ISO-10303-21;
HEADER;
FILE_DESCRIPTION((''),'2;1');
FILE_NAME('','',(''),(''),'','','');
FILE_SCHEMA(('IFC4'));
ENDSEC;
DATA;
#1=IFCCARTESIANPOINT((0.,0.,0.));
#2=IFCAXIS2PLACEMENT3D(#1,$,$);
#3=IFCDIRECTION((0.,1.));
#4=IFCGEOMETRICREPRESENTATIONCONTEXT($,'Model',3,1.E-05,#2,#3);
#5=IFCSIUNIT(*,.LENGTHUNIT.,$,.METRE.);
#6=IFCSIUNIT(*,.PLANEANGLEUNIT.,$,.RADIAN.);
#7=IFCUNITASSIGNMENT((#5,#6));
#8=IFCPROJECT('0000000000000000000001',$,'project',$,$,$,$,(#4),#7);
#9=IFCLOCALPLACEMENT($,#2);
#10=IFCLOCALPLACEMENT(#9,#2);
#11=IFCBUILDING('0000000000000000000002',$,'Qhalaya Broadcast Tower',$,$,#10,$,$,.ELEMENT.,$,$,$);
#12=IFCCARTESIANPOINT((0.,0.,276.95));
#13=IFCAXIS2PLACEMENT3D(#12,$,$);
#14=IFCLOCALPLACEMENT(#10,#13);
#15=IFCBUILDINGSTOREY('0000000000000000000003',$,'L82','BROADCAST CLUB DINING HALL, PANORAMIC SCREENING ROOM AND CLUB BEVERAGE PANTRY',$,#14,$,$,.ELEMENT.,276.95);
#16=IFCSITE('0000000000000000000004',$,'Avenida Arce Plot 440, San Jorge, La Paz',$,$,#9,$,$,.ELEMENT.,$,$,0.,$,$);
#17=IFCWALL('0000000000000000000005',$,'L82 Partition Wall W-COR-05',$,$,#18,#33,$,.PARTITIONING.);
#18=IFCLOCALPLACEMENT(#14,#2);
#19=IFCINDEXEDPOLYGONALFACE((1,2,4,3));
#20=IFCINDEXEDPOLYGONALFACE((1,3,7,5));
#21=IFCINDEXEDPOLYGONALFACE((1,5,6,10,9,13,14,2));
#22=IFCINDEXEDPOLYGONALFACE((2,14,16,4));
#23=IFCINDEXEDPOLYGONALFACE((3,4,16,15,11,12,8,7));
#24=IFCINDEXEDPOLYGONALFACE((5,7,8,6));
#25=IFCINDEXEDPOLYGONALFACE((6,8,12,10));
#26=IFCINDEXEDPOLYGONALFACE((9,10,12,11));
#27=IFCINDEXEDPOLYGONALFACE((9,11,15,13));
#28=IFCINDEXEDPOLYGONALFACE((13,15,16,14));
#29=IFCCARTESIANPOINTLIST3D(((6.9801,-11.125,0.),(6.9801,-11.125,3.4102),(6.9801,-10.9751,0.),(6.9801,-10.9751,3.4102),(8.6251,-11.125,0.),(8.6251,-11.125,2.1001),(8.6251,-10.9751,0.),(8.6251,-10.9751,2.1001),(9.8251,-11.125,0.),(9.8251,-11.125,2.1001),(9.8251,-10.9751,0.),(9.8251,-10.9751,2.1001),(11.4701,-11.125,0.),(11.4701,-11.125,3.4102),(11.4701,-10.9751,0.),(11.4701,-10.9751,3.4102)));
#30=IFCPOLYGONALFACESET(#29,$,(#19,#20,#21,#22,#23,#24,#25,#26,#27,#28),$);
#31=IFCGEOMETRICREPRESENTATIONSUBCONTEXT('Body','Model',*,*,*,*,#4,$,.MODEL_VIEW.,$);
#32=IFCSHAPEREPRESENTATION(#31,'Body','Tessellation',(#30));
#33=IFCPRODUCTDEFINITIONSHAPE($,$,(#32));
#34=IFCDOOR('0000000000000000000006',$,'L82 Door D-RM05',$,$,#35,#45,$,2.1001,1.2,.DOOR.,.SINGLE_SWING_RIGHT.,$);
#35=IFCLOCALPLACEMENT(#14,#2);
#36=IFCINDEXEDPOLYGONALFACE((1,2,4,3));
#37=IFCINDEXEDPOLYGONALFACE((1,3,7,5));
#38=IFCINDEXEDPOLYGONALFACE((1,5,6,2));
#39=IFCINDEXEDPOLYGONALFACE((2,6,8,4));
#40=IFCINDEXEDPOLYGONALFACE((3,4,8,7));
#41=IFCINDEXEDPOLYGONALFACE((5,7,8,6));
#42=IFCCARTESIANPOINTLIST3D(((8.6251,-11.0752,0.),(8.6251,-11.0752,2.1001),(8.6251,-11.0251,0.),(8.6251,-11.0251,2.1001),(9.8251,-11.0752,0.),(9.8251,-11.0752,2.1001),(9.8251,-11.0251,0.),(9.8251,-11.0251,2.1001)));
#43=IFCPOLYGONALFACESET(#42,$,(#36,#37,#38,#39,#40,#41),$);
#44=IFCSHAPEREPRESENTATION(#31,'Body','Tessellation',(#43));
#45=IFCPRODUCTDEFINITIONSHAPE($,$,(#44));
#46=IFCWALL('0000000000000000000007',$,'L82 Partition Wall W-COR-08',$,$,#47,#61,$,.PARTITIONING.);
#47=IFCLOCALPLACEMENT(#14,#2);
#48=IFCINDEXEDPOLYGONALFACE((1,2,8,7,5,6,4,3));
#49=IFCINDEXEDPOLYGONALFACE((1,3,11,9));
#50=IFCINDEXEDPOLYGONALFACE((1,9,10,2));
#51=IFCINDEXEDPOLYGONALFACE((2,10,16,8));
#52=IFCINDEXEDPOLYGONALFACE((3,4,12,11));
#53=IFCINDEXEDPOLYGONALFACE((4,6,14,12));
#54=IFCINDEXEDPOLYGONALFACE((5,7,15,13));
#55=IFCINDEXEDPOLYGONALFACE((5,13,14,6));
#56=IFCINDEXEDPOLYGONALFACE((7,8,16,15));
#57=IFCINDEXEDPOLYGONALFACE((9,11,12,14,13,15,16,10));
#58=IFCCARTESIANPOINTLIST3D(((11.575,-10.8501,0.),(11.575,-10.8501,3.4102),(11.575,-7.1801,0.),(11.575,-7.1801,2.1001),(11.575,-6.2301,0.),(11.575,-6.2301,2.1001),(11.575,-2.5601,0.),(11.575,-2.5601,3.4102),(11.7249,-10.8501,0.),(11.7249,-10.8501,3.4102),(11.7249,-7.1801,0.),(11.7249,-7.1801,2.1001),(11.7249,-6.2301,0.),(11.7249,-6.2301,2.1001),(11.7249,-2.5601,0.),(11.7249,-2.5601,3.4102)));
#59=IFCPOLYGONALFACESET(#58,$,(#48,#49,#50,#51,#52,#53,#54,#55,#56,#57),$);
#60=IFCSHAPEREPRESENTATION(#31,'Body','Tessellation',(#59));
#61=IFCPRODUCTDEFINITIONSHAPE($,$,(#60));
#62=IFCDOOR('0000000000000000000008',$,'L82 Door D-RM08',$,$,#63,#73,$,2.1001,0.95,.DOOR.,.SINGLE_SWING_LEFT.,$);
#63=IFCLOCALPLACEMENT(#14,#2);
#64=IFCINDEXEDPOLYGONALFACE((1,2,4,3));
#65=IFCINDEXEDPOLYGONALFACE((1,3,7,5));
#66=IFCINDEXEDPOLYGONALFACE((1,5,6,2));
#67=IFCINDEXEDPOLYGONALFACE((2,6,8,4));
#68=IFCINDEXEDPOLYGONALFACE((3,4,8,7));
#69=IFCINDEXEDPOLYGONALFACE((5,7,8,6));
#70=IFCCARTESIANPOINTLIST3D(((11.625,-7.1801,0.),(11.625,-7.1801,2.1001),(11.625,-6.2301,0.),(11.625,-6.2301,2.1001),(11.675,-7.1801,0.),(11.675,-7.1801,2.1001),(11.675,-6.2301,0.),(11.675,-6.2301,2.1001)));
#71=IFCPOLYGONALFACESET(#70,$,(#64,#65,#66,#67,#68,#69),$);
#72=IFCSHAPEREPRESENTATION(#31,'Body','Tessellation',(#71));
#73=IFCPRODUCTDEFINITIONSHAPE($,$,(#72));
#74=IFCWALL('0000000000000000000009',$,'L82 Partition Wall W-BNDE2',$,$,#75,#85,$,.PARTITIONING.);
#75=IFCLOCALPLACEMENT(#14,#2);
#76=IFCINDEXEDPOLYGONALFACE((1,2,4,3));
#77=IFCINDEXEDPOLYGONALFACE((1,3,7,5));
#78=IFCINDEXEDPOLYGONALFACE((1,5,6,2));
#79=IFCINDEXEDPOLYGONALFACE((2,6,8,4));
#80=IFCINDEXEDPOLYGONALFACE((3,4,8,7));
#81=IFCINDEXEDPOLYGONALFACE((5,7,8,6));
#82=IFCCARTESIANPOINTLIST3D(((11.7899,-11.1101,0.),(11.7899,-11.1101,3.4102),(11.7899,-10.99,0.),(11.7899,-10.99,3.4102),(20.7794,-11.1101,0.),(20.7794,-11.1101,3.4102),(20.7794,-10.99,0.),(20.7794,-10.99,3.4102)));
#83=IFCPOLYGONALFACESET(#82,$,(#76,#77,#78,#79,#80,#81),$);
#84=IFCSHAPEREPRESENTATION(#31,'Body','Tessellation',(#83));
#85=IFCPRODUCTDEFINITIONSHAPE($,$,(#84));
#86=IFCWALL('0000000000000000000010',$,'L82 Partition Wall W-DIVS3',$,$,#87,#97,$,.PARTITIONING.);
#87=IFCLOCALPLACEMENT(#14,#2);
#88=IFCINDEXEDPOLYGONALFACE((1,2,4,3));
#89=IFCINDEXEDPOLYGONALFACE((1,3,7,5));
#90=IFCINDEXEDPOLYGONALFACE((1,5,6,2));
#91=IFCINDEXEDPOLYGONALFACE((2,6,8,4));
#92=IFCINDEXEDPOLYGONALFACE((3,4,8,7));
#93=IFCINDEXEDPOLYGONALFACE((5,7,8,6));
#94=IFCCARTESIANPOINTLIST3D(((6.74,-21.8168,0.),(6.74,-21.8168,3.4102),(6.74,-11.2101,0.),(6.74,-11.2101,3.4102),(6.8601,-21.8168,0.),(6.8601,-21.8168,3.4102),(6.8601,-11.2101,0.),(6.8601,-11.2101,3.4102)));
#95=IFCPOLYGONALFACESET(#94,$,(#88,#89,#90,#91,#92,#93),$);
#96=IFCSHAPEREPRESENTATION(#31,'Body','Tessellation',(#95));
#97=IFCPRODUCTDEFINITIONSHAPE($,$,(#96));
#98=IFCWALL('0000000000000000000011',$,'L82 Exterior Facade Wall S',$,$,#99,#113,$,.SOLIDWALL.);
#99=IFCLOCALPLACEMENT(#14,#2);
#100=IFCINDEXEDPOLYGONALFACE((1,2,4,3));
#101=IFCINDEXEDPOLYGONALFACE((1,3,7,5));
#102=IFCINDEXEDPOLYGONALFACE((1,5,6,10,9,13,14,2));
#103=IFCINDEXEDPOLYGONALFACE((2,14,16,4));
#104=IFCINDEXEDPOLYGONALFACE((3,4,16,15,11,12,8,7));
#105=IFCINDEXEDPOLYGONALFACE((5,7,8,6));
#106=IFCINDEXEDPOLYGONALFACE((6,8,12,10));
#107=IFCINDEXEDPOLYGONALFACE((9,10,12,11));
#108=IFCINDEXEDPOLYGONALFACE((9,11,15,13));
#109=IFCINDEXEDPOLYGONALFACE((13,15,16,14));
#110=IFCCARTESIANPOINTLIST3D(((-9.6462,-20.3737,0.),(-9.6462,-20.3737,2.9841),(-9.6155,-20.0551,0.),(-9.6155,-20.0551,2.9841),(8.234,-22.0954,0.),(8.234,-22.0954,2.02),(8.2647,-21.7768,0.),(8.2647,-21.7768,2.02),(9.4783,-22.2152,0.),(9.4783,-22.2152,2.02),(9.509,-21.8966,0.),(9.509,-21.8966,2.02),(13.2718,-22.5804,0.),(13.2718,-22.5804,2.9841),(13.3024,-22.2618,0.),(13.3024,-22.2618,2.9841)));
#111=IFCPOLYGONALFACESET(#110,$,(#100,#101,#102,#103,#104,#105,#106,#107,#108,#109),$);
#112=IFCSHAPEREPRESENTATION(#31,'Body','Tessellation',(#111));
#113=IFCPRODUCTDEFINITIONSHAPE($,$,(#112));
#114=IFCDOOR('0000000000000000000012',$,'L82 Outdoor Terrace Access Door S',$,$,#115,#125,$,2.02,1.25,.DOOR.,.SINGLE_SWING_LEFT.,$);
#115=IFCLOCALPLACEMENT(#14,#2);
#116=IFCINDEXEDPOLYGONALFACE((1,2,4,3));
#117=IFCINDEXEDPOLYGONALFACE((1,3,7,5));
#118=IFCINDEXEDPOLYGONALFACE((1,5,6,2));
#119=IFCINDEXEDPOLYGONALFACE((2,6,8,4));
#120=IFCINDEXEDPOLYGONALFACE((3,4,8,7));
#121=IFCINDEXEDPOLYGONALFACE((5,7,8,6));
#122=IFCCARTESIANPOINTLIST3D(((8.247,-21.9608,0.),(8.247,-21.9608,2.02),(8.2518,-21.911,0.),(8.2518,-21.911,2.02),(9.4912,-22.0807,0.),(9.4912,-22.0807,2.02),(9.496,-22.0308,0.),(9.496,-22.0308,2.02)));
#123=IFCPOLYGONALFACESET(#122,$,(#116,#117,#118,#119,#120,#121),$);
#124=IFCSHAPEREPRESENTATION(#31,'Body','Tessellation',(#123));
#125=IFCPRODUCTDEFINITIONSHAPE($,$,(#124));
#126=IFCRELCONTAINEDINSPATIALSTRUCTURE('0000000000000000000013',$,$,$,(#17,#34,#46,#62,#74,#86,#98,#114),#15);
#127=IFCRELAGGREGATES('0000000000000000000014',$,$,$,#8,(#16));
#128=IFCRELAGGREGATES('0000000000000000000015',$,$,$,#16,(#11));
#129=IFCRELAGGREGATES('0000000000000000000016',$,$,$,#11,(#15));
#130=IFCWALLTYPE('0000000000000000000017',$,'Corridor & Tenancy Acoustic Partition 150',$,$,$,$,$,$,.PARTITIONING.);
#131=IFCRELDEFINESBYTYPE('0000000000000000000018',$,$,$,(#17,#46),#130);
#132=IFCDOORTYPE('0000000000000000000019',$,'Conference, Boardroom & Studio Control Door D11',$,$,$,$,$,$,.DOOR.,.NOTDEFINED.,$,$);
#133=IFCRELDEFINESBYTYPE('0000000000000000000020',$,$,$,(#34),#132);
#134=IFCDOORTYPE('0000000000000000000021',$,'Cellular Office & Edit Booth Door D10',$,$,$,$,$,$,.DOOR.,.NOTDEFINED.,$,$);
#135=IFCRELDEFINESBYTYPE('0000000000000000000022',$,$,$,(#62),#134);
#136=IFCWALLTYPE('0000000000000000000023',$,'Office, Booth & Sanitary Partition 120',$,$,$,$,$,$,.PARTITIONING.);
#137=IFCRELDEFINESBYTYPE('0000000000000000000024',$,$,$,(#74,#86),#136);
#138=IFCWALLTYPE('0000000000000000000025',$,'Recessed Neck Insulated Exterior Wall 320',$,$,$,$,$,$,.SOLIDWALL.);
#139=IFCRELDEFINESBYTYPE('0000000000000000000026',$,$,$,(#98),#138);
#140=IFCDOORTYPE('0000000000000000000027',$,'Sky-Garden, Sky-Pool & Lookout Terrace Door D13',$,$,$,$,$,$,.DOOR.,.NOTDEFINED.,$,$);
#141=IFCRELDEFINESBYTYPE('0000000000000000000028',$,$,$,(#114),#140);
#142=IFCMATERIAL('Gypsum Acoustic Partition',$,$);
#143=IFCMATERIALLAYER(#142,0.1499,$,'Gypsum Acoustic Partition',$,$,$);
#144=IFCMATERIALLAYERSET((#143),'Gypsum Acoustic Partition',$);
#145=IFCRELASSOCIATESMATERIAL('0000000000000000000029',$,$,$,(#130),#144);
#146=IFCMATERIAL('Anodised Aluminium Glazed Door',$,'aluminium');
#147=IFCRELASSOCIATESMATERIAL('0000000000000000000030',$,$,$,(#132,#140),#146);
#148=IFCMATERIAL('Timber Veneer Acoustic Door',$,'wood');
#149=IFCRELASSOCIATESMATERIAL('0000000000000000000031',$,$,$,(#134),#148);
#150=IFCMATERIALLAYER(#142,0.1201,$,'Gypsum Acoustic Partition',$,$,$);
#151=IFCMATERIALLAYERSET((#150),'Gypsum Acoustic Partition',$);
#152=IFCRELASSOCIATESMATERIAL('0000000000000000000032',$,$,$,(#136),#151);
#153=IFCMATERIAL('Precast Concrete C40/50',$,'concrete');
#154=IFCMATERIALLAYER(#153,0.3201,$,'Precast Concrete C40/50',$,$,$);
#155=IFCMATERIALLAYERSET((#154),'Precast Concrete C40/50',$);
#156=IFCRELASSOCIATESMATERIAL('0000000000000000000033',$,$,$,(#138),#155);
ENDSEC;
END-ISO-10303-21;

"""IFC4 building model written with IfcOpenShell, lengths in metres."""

from ifc_helpers import new_model, si_unit, direction, frame, frame_2d, origin, place, context, subcontext, project, spatial, rectangle, extrude, material, layer, layer_set, type_object, element, fill, save


model = new_model("IFC4")

# Units and contexts
model_context = context("Model", 3, precision=1e-05, world=origin(), true_north=direction((0.0, 1.0)))
body_context = subcontext(model_context, "Body", "Model", "MODEL_VIEW")
ifc_project = project(units=[si_unit("LENGTHUNIT", "METRE"), si_unit("PLANEANGLEUNIT", "RADIAN")], contexts=[model_context])

# Site, building, storey
site_placement = place(None, origin())
site = spatial("IfcSite", under=ifc_project, at=site_placement, Name="Avenida Arce Plot 440, San Jorge, La Paz", CompositionType="ELEMENT", RefElevation=0.0)
building_placement = place(site_placement, origin())
building = spatial("IfcBuilding", under=site, at=building_placement, Name="Qhalaya Broadcast Tower", CompositionType="ELEMENT")
storey_placement = place(building_placement, frame((0.0, 0.0, 276.95)))
storey = spatial("IfcBuildingStorey", under=building, at=storey_placement, Name="L82", Description="BROADCAST CLUB DINING HALL, PANORAMIC SCREENING ROOM AND CLUB BEVERAGE PANTRY", CompositionType="ELEMENT", Elevation=276.95)

# Walls, openings, doors
ifc_material_1 = material(Name="Gypsum Acoustic Partition")
ifc_layer_1 = layer(ifc_material_1, 0.1499, Name="Gypsum Acoustic Partition")
ifc_layer_set_1 = layer_set([ifc_layer_1], Name="Gypsum Acoustic Partition")
wall_type_1 = type_object("IfcWallType", Name="Corridor & Tenancy Acoustic Partition 150", PredefinedType="PARTITIONING", material=ifc_layer_set_1)
wall_1_placement = place(storey_placement, frame((6.98, -11.05, 0.0), z_axis=(0.0, 0.0, 1.0), x_axis=(1.0, 0.0, 0.0)))
wall_1 = element("IfcWall", 1, at=wall_1_placement, inside=storey, type_object=wall_type_1, Name="L82 Partition Wall W-COR-05", PredefinedType="PARTITIONING", context=body_context, shape_type="SweptSolid", body=[
    extrude(rectangle(XDim=4.49, YDim=0.1499, at=frame_2d((2.2451, 0.0))), origin(), (0.0, 0.0, 1.0), 3.4102),
])
opening_1_placement = place(wall_1_placement, frame((1.645, 0.0, 0.0)))
opening_1 = element("IfcOpeningElement", 2, at=opening_1_placement, cuts=wall_1, PredefinedType="OPENING", context=body_context, shape_type="SweptSolid", body=[
    extrude(rectangle(XDim=1.2, YDim=2.1001, at=frame_2d((0.6001, 1.05))), frame((0.0, 0.0869, 0.0), z_axis=(0.0, -1.0, 0.0), x_axis=(1.0, 0.0, 0.0)), (0.0, 0.0, 1.0), 0.1738),
])
ifc_material_2 = material(Name="Anodised Aluminium Glazed Door", Category="aluminium")
door_type_1 = type_object("IfcDoorType", Name="Conference, Boardroom & Studio Control Door D11", OperationType="NOTDEFINED", PredefinedType="DOOR", material=ifc_material_2)
door_1_placement = place(opening_1_placement, origin())
door_1 = element("IfcDoor", 3, at=door_1_placement, inside=storey, type_object=door_type_1, Name="L82 Door D-RM05", OperationType="SINGLE_SWING_RIGHT", OverallHeight=2.1001, OverallWidth=1.2, PredefinedType="DOOR", context=body_context, shape_type="SweptSolid", body=[
    extrude(rectangle(XDim=1.2, YDim=2.1001, at=frame_2d((0.6001, 1.05))), frame((0.0, 0.0249, 0.0), z_axis=(0.0, -1.0, 0.0), x_axis=(1.0, 0.0, 0.0)), (0.0, 0.0, 1.0), 0.05),
])
fill(opening_1, door_1)
wall_2_placement = place(storey_placement, frame((11.6499, -10.8501, 0.0), z_axis=(0.0, 0.0, 1.0), x_axis=(0.0, 1.0, 0.0)))
wall_2 = element("IfcWall", 4, at=wall_2_placement, inside=storey, type_object=wall_type_1, Name="L82 Partition Wall W-COR-08", PredefinedType="PARTITIONING", context=body_context, shape_type="SweptSolid", body=[
    extrude(rectangle(XDim=8.29, YDim=0.1499, at=frame_2d((4.145, 0.0))), origin(), (0.0, 0.0, 1.0), 3.4102),
])
opening_2_placement = place(wall_2_placement, frame((3.6699, 0.0, 0.0)))
opening_2 = element("IfcOpeningElement", 5, at=opening_2_placement, cuts=wall_2, PredefinedType="OPENING", context=body_context, shape_type="SweptSolid", body=[
    extrude(rectangle(XDim=0.95, YDim=2.1001, at=frame_2d((0.4751, 1.05))), frame((0.0, 0.0869, 0.0), z_axis=(0.0, -1.0, 0.0), x_axis=(1.0, 0.0, 0.0)), (0.0, 0.0, 1.0), 0.1738),
])
ifc_material_3 = material(Name="Timber Veneer Acoustic Door", Category="wood")
door_type_2 = type_object("IfcDoorType", Name="Cellular Office & Edit Booth Door D10", OperationType="NOTDEFINED", PredefinedType="DOOR", material=ifc_material_3)
door_2_placement = place(opening_2_placement, origin())
door_2 = element("IfcDoor", 6, at=door_2_placement, inside=storey, type_object=door_type_2, Name="L82 Door D-RM08", OperationType="SINGLE_SWING_LEFT", OverallHeight=2.1001, OverallWidth=0.95, PredefinedType="DOOR", context=body_context, shape_type="SweptSolid", body=[
    extrude(rectangle(XDim=0.95, YDim=2.1001, at=frame_2d((0.4751, 1.05))), frame((0.0, 0.0249, 0.0), z_axis=(0.0, -1.0, 0.0), x_axis=(1.0, 0.0, 0.0)), (0.0, 0.0, 1.0), 0.05),
])
fill(opening_2, door_2)

# Walls
ifc_layer_2 = layer(ifc_material_1, 0.1201, Name="Gypsum Acoustic Partition")
ifc_layer_set_2 = layer_set([ifc_layer_2], Name="Gypsum Acoustic Partition")
wall_type_2 = type_object("IfcWallType", Name="Office, Booth & Sanitary Partition 120", PredefinedType="PARTITIONING", material=ifc_layer_set_2)
wall_3_placement = place(storey_placement, frame((11.79, -11.05, 0.0), z_axis=(0.0, 0.0, 1.0), x_axis=(1.0, 0.0, 0.0)))
element("IfcWall", 7, at=wall_3_placement, inside=storey, type_object=wall_type_2, Name="L82 Partition Wall W-BNDE2", PredefinedType="PARTITIONING", context=body_context, shape_type="SweptSolid", body=[
    extrude(rectangle(XDim=8.9895, YDim=0.1201, at=frame_2d((4.4946, 0.0))), origin(), (0.0, 0.0, 1.0), 3.4102),
])
wall_4_placement = place(storey_placement, frame((6.8, -21.8167, 0.0), z_axis=(0.0, 0.0, 1.0), x_axis=(0.0, 1.0, 0.0)))
element("IfcWall", 8, at=wall_4_placement, inside=storey, type_object=wall_type_2, Name="L82 Partition Wall W-DIVS3", PredefinedType="PARTITIONING", context=body_context, shape_type="SweptSolid", body=[
    extrude(rectangle(XDim=10.6067, YDim=0.1201, at=frame_2d((5.3032, 0.0))), origin(), (0.0, 0.0, 1.0), 3.4102),
])

# Wall, opening, door
ifc_material_4 = material(Name="Precast Concrete C40/50", Category="concrete")
ifc_layer_3 = layer(ifc_material_4, 0.3201, Name="Precast Concrete C40/50")
ifc_layer_set_3 = layer_set([ifc_layer_3], Name="Precast Concrete C40/50")
wall_type_3 = type_object("IfcWallType", Name="Recessed Neck Insulated Exterior Wall 320", PredefinedType="SOLIDWALL", material=ifc_layer_set_3)
wall_5_placement = place(storey_placement, frame((13.2871, -22.4211, 0.0), z_axis=(0.0, 0.0, 1.0), x_axis=(-0.995396, 0.095847, 0.0)))
wall_5 = element("IfcWall", 9, at=wall_5_placement, inside=storey, type_object=wall_type_3, Name="L82 Exterior Facade Wall S", PredefinedType="SOLIDWALL", context=body_context, shape_type="SweptSolid", body=[
    extrude(rectangle(XDim=23.0239, YDim=0.3201, at=frame_2d((11.512, 0.0))), origin(), (0.0, 0.0, 1.0), 2.9841),
])
opening_3_placement = place(wall_5_placement, frame((3.811, 0.0, 0.0)))
opening_3 = element("IfcOpeningElement", 10, at=opening_3_placement, cuts=wall_5, PredefinedType="OPENING", context=body_context, shape_type="SweptSolid", body=[
    extrude(rectangle(XDim=1.25, YDim=2.02, at=frame_2d((0.625, 1.01))), frame((0.0, 0.1721, 0.0), z_axis=(0.0, -1.0, 0.0), x_axis=(1.0, 0.0, 0.0)), (0.0, 0.0, 1.0), 0.344),
])
door_type_3 = type_object("IfcDoorType", Name="Sky-Garden, Sky-Pool & Lookout Terrace Door D13", OperationType="NOTDEFINED", PredefinedType="DOOR", material=ifc_material_2)
door_3_placement = place(opening_3_placement, origin())
door_3 = element("IfcDoor", 11, at=door_3_placement, inside=storey, type_object=door_type_3, Name="L82 Outdoor Terrace Access Door S", OperationType="SINGLE_SWING_LEFT", OverallHeight=2.02, OverallWidth=1.25, PredefinedType="DOOR", context=body_context, shape_type="SweptSolid", body=[
    extrude(rectangle(XDim=1.25, YDim=2.02, at=frame_2d((0.625, 1.01))), frame((0.0, 0.0249, 0.0), z_axis=(0.0, -1.0, 0.0), x_axis=(1.0, 0.0, 0.0)), (0.0, 0.0, 1.0), 0.05),
])
fill(opening_3, door_3)

save(model, "model.ifc")
